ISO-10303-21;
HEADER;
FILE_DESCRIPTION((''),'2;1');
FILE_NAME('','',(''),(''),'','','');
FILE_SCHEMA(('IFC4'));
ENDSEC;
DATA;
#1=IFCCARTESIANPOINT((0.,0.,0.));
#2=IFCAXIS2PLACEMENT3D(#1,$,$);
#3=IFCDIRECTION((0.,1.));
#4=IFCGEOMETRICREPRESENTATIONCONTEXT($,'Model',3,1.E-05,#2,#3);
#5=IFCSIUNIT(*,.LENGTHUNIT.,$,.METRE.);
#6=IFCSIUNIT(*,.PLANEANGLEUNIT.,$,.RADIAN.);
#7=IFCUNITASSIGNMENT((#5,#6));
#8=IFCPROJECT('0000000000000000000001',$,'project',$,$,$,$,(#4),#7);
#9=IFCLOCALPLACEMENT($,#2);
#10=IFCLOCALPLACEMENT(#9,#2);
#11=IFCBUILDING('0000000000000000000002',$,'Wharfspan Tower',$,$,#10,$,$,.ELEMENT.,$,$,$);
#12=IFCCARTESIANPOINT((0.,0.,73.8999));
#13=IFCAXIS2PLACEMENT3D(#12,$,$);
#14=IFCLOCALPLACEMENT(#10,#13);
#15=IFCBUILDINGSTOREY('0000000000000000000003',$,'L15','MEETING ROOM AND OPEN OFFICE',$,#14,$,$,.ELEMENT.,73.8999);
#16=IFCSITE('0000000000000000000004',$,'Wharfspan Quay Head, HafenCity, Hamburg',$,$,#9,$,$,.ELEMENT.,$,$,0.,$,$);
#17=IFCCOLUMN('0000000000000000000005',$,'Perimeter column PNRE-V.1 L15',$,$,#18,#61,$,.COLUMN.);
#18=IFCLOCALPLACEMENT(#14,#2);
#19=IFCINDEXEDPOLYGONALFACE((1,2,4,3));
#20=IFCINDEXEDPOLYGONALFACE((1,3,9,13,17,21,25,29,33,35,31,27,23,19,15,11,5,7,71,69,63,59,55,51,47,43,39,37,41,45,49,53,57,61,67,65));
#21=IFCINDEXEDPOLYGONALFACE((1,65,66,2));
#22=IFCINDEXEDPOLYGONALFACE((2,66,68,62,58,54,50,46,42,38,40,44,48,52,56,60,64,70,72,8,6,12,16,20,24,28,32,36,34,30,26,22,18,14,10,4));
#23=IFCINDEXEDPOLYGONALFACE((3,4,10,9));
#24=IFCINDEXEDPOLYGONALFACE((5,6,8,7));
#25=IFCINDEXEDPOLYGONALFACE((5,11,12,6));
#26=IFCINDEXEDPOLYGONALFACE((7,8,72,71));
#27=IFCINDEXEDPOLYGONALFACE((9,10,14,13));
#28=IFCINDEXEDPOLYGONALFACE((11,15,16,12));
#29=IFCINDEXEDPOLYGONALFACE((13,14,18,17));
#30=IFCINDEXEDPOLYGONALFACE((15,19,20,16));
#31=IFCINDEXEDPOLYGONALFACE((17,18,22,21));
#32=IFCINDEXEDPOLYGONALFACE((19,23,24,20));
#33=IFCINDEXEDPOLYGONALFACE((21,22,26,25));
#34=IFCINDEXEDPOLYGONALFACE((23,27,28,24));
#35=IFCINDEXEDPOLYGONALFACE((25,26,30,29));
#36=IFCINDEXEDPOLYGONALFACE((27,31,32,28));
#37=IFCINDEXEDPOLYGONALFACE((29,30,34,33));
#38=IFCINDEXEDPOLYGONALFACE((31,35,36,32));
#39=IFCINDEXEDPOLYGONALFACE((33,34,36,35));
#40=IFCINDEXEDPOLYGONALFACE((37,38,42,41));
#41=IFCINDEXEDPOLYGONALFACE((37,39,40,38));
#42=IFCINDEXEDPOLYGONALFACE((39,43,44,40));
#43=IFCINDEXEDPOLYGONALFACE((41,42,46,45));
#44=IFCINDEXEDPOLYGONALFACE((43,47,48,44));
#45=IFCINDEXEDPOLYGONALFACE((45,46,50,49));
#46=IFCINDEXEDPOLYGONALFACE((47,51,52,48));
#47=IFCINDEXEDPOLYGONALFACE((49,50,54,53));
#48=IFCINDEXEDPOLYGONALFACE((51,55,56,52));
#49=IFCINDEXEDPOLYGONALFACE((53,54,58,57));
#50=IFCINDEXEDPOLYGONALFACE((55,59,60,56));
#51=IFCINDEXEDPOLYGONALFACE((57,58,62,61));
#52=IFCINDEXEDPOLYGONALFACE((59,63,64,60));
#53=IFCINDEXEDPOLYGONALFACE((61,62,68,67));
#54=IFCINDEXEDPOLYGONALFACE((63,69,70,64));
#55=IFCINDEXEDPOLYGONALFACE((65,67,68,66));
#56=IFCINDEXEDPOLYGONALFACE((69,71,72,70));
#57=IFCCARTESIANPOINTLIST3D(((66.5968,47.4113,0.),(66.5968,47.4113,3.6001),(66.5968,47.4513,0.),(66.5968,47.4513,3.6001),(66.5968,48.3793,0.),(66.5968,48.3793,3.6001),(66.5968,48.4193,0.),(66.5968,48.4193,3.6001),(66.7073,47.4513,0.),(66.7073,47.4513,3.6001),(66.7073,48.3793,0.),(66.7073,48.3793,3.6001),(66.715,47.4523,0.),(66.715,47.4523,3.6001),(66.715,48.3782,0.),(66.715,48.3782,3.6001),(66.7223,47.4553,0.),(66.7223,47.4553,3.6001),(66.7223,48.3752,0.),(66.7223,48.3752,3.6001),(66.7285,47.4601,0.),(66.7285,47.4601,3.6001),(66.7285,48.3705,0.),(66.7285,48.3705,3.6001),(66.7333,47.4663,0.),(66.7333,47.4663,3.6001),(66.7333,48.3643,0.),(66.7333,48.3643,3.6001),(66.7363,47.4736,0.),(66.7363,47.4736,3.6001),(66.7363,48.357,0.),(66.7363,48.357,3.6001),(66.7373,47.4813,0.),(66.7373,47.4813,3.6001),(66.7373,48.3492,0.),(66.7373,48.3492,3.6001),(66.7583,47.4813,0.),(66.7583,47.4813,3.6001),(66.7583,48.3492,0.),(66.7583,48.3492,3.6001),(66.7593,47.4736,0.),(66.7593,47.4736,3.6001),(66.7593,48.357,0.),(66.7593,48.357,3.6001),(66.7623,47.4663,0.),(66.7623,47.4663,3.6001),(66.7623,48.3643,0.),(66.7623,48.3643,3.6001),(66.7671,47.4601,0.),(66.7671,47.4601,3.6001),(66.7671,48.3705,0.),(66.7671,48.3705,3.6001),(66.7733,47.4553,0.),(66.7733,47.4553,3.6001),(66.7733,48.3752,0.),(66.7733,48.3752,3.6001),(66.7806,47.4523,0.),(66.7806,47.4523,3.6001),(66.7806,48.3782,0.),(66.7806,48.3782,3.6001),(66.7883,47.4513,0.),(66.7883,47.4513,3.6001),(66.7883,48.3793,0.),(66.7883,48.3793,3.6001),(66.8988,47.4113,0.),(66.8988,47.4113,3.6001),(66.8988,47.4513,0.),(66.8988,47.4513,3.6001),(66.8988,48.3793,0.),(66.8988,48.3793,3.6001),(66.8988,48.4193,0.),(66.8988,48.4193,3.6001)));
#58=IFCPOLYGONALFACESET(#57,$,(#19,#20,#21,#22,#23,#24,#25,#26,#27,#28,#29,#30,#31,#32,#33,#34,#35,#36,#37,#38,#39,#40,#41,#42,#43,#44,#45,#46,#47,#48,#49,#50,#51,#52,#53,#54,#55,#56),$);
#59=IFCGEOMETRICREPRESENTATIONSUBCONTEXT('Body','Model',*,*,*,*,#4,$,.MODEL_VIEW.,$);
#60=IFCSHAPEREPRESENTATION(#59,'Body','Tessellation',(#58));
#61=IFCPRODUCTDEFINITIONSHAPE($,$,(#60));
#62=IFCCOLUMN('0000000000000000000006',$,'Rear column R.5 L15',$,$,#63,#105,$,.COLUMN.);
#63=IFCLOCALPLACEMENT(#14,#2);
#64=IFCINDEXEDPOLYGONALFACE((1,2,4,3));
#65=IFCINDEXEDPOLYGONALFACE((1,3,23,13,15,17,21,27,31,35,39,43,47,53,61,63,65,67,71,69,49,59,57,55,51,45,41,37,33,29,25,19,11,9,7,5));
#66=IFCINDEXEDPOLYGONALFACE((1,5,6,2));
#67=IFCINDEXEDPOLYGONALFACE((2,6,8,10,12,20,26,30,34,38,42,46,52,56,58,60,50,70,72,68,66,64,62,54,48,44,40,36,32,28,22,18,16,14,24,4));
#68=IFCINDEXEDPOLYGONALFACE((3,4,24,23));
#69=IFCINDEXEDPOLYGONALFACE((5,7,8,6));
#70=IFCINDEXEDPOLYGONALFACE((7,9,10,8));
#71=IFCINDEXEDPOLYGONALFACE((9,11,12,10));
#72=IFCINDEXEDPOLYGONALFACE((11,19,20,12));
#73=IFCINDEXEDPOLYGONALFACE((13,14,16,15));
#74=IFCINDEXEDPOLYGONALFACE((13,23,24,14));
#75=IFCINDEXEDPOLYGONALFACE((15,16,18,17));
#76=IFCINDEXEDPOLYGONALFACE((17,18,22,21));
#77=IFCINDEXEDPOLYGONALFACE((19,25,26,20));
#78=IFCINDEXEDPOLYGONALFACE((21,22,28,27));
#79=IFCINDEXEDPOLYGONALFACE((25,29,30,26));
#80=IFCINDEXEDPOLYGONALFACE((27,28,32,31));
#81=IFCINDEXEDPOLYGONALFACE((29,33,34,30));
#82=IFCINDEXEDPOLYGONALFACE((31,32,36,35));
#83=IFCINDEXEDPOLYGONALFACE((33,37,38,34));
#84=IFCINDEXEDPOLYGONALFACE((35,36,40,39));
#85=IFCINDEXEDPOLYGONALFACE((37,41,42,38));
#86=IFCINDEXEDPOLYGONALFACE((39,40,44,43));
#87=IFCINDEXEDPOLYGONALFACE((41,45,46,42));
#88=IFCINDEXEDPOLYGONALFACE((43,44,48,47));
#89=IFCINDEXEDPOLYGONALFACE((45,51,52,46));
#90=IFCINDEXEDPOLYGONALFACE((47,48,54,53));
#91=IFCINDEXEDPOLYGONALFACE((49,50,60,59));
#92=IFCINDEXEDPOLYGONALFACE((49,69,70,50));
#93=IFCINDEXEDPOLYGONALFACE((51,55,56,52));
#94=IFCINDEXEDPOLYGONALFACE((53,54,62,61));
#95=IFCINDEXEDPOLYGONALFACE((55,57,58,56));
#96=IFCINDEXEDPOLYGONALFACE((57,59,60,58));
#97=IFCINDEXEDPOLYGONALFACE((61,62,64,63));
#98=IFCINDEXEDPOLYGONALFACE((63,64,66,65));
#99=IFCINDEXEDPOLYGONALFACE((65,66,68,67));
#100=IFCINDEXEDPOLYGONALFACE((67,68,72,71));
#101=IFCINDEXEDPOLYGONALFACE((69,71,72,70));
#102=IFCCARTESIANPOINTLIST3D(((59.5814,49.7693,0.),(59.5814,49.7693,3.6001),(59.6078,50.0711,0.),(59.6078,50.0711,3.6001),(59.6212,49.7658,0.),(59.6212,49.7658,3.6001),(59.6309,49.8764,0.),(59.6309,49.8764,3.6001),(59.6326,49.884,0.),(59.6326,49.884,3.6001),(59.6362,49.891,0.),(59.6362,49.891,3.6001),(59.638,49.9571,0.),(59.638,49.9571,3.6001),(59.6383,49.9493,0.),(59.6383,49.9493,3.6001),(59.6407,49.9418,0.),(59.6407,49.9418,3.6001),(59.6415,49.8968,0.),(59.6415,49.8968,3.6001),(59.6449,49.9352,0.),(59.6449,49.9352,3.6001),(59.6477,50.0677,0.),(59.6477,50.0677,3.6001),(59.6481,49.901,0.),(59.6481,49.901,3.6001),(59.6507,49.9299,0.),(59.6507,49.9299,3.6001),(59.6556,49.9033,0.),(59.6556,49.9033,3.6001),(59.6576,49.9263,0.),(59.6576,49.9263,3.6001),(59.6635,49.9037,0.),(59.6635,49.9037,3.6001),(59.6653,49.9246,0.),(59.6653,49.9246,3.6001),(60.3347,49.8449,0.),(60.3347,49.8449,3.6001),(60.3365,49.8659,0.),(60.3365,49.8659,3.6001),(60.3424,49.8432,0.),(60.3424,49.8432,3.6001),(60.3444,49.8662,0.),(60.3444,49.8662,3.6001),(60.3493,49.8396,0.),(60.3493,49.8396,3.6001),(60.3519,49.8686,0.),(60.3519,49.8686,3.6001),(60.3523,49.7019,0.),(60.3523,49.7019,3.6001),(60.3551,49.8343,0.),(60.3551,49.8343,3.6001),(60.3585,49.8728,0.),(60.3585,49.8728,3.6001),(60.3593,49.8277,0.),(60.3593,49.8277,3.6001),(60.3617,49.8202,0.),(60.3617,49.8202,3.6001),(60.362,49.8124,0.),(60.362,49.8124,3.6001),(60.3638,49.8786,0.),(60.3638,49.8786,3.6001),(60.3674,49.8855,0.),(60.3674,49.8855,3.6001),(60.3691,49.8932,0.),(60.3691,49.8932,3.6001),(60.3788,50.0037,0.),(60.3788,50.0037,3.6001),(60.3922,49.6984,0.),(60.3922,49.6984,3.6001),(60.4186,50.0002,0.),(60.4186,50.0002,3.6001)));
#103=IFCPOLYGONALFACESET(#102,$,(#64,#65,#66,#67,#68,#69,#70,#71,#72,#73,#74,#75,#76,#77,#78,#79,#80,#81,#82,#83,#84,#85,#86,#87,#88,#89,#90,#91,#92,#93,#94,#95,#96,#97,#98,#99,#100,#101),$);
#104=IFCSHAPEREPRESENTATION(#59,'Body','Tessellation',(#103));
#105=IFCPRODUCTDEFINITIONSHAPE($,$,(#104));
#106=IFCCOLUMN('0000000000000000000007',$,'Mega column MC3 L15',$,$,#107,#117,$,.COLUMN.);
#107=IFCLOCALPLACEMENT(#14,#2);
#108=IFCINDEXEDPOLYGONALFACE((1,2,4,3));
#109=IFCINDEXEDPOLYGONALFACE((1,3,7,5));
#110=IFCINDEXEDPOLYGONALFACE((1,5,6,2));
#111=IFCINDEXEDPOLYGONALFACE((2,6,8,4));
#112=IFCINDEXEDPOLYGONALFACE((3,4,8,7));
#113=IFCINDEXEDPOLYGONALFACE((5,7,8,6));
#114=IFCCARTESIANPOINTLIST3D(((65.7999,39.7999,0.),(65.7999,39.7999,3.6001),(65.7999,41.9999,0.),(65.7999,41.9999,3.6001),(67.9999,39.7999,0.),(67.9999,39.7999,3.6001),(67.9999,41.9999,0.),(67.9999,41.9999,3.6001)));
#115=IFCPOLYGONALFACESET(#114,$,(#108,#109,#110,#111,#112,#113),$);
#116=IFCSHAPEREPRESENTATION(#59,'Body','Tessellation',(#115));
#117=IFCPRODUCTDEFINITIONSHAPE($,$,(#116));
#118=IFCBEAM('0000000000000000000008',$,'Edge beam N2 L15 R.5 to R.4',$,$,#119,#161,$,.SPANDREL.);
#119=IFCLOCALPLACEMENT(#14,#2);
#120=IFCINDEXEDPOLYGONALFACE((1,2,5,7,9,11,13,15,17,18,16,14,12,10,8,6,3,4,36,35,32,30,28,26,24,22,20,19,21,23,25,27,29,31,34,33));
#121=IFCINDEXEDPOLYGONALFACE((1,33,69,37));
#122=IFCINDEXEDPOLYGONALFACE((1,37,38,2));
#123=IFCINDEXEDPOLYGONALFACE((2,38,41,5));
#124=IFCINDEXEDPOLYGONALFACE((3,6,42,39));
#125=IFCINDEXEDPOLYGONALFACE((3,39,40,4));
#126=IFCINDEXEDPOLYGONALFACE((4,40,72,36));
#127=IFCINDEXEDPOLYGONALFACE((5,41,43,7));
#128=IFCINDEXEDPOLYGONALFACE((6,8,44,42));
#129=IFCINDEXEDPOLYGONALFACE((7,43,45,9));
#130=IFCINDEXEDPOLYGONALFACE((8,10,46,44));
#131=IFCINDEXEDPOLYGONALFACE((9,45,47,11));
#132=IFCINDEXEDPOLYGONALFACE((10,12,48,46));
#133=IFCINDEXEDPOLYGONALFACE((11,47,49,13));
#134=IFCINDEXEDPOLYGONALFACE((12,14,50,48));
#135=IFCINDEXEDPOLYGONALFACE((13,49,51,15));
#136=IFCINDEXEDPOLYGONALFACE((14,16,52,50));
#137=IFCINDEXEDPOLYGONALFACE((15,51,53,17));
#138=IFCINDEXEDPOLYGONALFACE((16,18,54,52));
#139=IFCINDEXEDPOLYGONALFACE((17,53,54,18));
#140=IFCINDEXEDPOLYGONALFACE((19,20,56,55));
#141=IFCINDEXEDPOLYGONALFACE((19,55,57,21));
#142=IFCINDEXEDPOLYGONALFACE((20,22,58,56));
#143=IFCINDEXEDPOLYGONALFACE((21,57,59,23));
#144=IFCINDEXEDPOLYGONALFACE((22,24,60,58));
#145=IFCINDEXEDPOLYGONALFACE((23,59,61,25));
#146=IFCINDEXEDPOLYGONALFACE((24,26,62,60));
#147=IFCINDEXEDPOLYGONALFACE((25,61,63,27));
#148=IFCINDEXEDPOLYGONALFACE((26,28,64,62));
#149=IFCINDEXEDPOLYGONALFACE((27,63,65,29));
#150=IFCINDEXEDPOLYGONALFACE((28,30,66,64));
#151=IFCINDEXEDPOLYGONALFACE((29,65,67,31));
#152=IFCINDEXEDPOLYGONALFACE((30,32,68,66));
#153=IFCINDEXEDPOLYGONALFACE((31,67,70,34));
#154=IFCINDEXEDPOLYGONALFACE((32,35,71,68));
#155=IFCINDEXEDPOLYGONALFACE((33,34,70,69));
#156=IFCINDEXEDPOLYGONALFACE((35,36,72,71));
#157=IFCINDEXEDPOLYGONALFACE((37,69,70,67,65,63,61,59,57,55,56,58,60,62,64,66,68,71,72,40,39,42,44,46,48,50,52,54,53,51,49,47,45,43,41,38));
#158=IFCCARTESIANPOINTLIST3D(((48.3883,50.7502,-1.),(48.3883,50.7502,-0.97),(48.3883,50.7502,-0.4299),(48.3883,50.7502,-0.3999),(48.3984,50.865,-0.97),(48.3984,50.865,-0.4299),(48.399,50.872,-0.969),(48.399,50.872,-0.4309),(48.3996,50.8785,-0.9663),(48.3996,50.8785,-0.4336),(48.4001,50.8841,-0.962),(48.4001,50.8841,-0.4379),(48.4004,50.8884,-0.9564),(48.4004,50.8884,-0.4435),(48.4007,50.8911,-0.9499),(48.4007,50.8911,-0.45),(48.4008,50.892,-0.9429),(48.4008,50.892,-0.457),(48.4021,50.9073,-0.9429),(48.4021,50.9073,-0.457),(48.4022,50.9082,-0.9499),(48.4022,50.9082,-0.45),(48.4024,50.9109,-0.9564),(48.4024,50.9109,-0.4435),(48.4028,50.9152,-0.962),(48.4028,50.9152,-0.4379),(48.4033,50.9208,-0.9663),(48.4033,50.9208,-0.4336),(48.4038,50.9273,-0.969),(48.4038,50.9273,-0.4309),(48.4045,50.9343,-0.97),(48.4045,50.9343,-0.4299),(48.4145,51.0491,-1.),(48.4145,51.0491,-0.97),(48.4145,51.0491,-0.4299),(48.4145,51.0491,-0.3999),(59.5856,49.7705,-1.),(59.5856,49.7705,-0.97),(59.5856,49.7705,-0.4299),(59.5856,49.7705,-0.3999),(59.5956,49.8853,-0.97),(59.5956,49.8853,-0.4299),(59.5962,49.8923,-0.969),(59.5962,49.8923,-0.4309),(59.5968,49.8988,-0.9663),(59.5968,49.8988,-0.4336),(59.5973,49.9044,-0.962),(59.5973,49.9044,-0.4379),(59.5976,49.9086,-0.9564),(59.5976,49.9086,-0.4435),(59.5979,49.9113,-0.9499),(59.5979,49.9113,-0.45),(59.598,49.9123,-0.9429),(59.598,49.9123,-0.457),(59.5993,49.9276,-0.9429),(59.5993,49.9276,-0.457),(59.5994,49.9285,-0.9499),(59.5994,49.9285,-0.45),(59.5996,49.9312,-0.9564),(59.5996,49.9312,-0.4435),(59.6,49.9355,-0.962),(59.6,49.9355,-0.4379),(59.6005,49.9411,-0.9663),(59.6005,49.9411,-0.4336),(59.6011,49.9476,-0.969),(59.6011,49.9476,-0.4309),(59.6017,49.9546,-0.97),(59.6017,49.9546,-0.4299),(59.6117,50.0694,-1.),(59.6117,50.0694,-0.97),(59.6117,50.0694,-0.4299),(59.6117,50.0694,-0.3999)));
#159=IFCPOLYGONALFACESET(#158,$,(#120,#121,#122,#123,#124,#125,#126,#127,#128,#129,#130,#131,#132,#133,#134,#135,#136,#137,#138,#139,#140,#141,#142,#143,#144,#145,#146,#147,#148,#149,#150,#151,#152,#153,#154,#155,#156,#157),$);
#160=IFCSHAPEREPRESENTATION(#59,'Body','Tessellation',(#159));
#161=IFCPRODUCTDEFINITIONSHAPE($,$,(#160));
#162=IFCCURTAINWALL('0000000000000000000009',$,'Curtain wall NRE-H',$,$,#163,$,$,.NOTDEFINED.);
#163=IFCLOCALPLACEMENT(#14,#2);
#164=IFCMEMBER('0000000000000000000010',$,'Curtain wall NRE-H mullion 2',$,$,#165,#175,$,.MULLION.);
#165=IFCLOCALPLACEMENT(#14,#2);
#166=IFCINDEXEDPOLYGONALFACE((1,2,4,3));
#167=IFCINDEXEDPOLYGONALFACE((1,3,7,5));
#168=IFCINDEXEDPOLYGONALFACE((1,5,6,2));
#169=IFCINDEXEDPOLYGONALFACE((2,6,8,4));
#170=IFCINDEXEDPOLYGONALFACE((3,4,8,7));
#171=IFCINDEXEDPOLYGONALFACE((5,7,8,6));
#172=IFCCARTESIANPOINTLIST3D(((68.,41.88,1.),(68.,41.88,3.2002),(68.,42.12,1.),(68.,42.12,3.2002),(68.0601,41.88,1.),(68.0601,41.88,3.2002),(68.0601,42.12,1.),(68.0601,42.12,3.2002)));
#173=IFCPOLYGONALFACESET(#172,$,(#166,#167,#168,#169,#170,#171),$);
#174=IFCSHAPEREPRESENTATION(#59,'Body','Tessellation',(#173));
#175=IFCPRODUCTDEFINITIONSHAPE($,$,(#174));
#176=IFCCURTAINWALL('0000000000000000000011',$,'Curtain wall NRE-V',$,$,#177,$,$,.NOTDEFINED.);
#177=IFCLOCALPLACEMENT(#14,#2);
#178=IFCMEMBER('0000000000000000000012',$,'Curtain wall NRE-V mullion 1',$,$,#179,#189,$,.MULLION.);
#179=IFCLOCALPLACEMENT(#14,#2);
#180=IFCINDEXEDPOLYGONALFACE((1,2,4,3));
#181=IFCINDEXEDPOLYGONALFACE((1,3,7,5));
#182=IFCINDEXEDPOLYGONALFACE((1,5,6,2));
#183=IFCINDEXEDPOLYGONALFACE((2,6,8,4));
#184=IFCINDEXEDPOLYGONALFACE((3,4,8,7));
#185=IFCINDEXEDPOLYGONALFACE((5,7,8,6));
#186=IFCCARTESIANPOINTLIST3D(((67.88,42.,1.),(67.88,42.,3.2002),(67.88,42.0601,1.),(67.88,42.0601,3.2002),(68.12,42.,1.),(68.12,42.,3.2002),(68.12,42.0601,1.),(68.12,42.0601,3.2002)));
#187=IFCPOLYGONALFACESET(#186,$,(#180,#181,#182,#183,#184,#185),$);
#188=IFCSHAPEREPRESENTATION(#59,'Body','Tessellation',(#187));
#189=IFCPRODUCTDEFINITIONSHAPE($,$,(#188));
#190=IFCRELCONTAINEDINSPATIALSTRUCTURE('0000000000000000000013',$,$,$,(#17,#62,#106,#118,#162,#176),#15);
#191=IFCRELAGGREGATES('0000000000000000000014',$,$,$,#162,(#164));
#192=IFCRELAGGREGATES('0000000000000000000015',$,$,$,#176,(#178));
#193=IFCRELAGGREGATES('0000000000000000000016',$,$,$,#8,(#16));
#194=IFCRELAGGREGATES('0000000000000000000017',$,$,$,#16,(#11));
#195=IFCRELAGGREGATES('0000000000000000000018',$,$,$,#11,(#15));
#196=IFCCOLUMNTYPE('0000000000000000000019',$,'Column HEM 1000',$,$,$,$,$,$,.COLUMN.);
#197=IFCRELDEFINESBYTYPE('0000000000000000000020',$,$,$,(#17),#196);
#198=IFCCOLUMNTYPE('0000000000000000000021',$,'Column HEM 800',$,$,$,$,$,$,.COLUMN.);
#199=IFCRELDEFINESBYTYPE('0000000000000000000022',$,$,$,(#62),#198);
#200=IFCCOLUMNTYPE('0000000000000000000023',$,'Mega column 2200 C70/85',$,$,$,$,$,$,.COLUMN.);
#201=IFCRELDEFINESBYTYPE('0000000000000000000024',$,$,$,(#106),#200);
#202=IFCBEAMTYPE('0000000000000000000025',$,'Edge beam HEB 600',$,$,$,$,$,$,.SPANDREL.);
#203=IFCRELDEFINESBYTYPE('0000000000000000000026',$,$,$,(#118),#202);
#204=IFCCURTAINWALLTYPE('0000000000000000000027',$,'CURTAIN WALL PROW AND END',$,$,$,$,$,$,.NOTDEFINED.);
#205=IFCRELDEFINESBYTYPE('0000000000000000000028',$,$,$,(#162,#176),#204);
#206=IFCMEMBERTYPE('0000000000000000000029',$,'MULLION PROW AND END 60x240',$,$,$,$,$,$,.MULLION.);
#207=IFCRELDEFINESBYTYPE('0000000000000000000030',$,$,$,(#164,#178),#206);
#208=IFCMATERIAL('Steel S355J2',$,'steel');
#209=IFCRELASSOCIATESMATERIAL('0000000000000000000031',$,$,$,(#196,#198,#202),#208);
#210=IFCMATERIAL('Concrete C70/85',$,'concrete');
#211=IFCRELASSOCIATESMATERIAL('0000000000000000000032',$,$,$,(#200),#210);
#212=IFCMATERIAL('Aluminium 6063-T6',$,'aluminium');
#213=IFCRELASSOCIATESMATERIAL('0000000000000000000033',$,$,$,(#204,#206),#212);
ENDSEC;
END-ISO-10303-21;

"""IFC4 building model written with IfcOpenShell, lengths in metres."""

from ifc_helpers import new_model, si_unit, direction, frame, origin, origin_2d, place, context, subcontext, project, spatial, rectangle, i_section, extrude, material, material_profile, profile_set, type_object, element, aggregate, save


model = new_model("IFC4")

# Units and contexts
model_context = context("Model", 3, precision=1e-05, world=origin(), true_north=direction((0.0, 1.0)))
body_context = subcontext(model_context, "Body", "Model", "MODEL_VIEW")
ifc_project = project(units=[si_unit("LENGTHUNIT", "METRE"), si_unit("PLANEANGLEUNIT", "RADIAN")], contexts=[model_context])

# Site, building, storey
site_placement = place(None, origin())
site = spatial("IfcSite", under=ifc_project, at=site_placement, Name="Wharfspan Quay Head, HafenCity, Hamburg", CompositionType="ELEMENT", RefElevation=0.0)
building_placement = place(site_placement, origin())
building = spatial("IfcBuilding", under=site, at=building_placement, Name="Wharfspan Tower", CompositionType="ELEMENT")
storey_placement = place(building_placement, frame((0.0, 0.0, 73.8999)))
storey = spatial("IfcBuildingStorey", under=building, at=storey_placement, Name="L15", Description="MEETING ROOM AND OPEN OFFICE", CompositionType="ELEMENT", Elevation=73.8999)

# Columns
ifc_material_1 = material(Name="Steel S355J2", Category="steel")
ifc_material_profile_1 = material_profile(ifc_material_1, i_section(OverallWidth=0.302, OverallDepth=1.0081, WebThickness=0.021, FlangeThickness=0.04, FilletRadius=0.03, at=origin_2d()))
ifc_profile_set_1 = profile_set([ifc_material_profile_1], Name="Steel S355J2")
column_type_1 = type_object("IfcColumnType", Name="Column HEM 1000", PredefinedType="COLUMN", material=ifc_profile_set_1)
column_1_placement = place(storey_placement, frame((66.7478, 47.9153, 0.0), z_axis=(0.0, 0.0, 1.0), x_axis=(1.0, 0.0, 0.0)))
element("IfcColumn", 1, at=column_1_placement, inside=storey, type_object=column_type_1, Name="Perimeter column PNRE-V.1 L15", PredefinedType="COLUMN", context=body_context, shape_type="SweptSolid", body=[
    extrude(i_section(OverallWidth=0.302, OverallDepth=1.0081, WebThickness=0.021, FlangeThickness=0.04, FilletRadius=0.03, at=origin_2d()), origin(), (0.0, 0.0, 1.0), 3.6001),
])
ifc_material_profile_2 = material_profile(ifc_material_1, i_section(OverallWidth=0.303, OverallDepth=0.814, WebThickness=0.021, FlangeThickness=0.04, FilletRadius=0.03, at=origin_2d()))
ifc_profile_set_2 = profile_set([ifc_material_profile_2], Name="Steel S355J2")
column_type_2 = type_object("IfcColumnType", Name="Column HEM 800", PredefinedType="COLUMN", material=ifc_profile_set_2)
column_2_placement = place(storey_placement, frame((60.0, 49.8848, 0.0), z_axis=(0.0, 0.0, 1.0), x_axis=(0.087156, 0.996197, 0.0)))
element("IfcColumn", 2, at=column_2_placement, inside=storey, type_object=column_type_2, Name="Rear column R.5 L15", PredefinedType="COLUMN", context=body_context, shape_type="SweptSolid", body=[
    extrude(i_section(OverallWidth=0.303, OverallDepth=0.814, WebThickness=0.021, FlangeThickness=0.04, FilletRadius=0.03, at=origin_2d()), origin(), (0.0, 0.0, 1.0), 3.6001),
])
ifc_material_2 = material(Name="Concrete C70/85", Category="concrete")
ifc_material_profile_3 = material_profile(ifc_material_2, rectangle(XDim=2.2, YDim=2.2, at=origin_2d()))
ifc_profile_set_3 = profile_set([ifc_material_profile_3], Name="Concrete C70/85")
column_type_3 = type_object("IfcColumnType", Name="Mega column 2200 C70/85", PredefinedType="COLUMN", material=ifc_profile_set_3)
column_3_placement = place(storey_placement, frame((66.8999, 40.8999, 0.0), z_axis=(0.0, 0.0, 1.0), x_axis=(1.0, 0.0, 0.0)))
element("IfcColumn", 3, at=column_3_placement, inside=storey, type_object=column_type_3, Name="Mega column MC3 L15", PredefinedType="COLUMN", context=body_context, shape_type="SweptSolid", body=[
    extrude(rectangle(XDim=2.2, YDim=2.2, at=origin_2d()), origin(), (0.0, 0.0, 1.0), 3.6001),
])

# Beam
ifc_material_profile_4 = material_profile(ifc_material_1, i_section(OverallWidth=0.3, OverallDepth=0.6001, WebThickness=0.0154, FlangeThickness=0.03, FilletRadius=0.0271, at=origin_2d()))
ifc_profile_set_4 = profile_set([ifc_material_profile_4], Name="Steel S355J2")
beam_type = type_object("IfcBeamType", Name="Edge beam HEB 600", PredefinedType="SPANDREL", material=ifc_profile_set_4)
beam_placement = place(storey_placement, frame((59.5986, 49.9199, -0.7), z_axis=(-0.996194, 0.087165, 0.0), x_axis=(-0.087165, -0.996194, 0.0)))
element("IfcBeam", 4, at=beam_placement, inside=storey, type_object=beam_type, Name="Edge beam N2 L15 R.5 to R.4", PredefinedType="SPANDREL", context=body_context, shape_type="SweptSolid", body=[
    extrude(i_section(OverallWidth=0.3, OverallDepth=0.6001, WebThickness=0.0154, FlangeThickness=0.03, FilletRadius=0.0271, at=origin_2d()), origin(), (0.0, 0.0, 1.0), 11.24),
])

# Curtain wall, member
ifc_material_3 = material(Name="Aluminium 6063-T6", Category="aluminium")
curtain_wall_type = type_object("IfcCurtainWallType", Name="CURTAIN WALL PROW AND END", PredefinedType="NOTDEFINED", material=ifc_material_3)
curtain_wall_1_placement = place(storey_placement, origin())
curtain_wall_1 = element("IfcCurtainWall", 5, at=curtain_wall_1_placement, inside=storey, type_object=curtain_wall_type, Name="Curtain wall NRE-H", PredefinedType="NOTDEFINED")
ifc_material_profile_5 = material_profile(ifc_material_3, rectangle(XDim=0.24, YDim=0.0601, at=origin_2d()))
ifc_profile_set_5 = profile_set([ifc_material_profile_5], Name="Aluminium 6063-T6")
member_type_1 = type_object("IfcMemberType", Name="MULLION PROW AND END 60x240", PredefinedType="MULLION", material=ifc_profile_set_5)
member_1_placement = place(storey_placement, frame((68.03, 42.0, 1.0), z_axis=(0.0, 0.0, 1.0), x_axis=(0.0, -1.0, 0.0)))
member_1 = element("IfcMember", 6, at=member_1_placement, type_object=member_type_1, Name="Curtain wall NRE-H mullion 2", PredefinedType="MULLION", context=body_context, shape_type="SweptSolid", body=[
    extrude(rectangle(XDim=0.24, YDim=0.0601, at=origin_2d()), origin(), (0.0, 0.0, 1.0), 2.2002),
])
aggregate(curtain_wall_1, [member_1])

# Curtain wall, member
curtain_wall_2_placement = place(storey_placement, origin())
curtain_wall_2 = element("IfcCurtainWall", 7, at=curtain_wall_2_placement, inside=storey, type_object=curtain_wall_type, Name="Curtain wall NRE-V", PredefinedType="NOTDEFINED")
member_2_placement = place(storey_placement, frame((68.0, 42.03, 1.0), z_axis=(0.0, 0.0, 1.0), x_axis=(-1.0, 0.0, 0.0)))
member_2 = element("IfcMember", 8, at=member_2_placement, type_object=member_type_1, Name="Curtain wall NRE-V mullion 1", PredefinedType="MULLION", context=body_context, shape_type="SweptSolid", body=[
    extrude(rectangle(XDim=0.24, YDim=0.0601, at=origin_2d()), origin(), (0.0, 0.0, 1.0), 2.2002),
])
aggregate(curtain_wall_2, [member_2])

save(model, "model.ifc")
